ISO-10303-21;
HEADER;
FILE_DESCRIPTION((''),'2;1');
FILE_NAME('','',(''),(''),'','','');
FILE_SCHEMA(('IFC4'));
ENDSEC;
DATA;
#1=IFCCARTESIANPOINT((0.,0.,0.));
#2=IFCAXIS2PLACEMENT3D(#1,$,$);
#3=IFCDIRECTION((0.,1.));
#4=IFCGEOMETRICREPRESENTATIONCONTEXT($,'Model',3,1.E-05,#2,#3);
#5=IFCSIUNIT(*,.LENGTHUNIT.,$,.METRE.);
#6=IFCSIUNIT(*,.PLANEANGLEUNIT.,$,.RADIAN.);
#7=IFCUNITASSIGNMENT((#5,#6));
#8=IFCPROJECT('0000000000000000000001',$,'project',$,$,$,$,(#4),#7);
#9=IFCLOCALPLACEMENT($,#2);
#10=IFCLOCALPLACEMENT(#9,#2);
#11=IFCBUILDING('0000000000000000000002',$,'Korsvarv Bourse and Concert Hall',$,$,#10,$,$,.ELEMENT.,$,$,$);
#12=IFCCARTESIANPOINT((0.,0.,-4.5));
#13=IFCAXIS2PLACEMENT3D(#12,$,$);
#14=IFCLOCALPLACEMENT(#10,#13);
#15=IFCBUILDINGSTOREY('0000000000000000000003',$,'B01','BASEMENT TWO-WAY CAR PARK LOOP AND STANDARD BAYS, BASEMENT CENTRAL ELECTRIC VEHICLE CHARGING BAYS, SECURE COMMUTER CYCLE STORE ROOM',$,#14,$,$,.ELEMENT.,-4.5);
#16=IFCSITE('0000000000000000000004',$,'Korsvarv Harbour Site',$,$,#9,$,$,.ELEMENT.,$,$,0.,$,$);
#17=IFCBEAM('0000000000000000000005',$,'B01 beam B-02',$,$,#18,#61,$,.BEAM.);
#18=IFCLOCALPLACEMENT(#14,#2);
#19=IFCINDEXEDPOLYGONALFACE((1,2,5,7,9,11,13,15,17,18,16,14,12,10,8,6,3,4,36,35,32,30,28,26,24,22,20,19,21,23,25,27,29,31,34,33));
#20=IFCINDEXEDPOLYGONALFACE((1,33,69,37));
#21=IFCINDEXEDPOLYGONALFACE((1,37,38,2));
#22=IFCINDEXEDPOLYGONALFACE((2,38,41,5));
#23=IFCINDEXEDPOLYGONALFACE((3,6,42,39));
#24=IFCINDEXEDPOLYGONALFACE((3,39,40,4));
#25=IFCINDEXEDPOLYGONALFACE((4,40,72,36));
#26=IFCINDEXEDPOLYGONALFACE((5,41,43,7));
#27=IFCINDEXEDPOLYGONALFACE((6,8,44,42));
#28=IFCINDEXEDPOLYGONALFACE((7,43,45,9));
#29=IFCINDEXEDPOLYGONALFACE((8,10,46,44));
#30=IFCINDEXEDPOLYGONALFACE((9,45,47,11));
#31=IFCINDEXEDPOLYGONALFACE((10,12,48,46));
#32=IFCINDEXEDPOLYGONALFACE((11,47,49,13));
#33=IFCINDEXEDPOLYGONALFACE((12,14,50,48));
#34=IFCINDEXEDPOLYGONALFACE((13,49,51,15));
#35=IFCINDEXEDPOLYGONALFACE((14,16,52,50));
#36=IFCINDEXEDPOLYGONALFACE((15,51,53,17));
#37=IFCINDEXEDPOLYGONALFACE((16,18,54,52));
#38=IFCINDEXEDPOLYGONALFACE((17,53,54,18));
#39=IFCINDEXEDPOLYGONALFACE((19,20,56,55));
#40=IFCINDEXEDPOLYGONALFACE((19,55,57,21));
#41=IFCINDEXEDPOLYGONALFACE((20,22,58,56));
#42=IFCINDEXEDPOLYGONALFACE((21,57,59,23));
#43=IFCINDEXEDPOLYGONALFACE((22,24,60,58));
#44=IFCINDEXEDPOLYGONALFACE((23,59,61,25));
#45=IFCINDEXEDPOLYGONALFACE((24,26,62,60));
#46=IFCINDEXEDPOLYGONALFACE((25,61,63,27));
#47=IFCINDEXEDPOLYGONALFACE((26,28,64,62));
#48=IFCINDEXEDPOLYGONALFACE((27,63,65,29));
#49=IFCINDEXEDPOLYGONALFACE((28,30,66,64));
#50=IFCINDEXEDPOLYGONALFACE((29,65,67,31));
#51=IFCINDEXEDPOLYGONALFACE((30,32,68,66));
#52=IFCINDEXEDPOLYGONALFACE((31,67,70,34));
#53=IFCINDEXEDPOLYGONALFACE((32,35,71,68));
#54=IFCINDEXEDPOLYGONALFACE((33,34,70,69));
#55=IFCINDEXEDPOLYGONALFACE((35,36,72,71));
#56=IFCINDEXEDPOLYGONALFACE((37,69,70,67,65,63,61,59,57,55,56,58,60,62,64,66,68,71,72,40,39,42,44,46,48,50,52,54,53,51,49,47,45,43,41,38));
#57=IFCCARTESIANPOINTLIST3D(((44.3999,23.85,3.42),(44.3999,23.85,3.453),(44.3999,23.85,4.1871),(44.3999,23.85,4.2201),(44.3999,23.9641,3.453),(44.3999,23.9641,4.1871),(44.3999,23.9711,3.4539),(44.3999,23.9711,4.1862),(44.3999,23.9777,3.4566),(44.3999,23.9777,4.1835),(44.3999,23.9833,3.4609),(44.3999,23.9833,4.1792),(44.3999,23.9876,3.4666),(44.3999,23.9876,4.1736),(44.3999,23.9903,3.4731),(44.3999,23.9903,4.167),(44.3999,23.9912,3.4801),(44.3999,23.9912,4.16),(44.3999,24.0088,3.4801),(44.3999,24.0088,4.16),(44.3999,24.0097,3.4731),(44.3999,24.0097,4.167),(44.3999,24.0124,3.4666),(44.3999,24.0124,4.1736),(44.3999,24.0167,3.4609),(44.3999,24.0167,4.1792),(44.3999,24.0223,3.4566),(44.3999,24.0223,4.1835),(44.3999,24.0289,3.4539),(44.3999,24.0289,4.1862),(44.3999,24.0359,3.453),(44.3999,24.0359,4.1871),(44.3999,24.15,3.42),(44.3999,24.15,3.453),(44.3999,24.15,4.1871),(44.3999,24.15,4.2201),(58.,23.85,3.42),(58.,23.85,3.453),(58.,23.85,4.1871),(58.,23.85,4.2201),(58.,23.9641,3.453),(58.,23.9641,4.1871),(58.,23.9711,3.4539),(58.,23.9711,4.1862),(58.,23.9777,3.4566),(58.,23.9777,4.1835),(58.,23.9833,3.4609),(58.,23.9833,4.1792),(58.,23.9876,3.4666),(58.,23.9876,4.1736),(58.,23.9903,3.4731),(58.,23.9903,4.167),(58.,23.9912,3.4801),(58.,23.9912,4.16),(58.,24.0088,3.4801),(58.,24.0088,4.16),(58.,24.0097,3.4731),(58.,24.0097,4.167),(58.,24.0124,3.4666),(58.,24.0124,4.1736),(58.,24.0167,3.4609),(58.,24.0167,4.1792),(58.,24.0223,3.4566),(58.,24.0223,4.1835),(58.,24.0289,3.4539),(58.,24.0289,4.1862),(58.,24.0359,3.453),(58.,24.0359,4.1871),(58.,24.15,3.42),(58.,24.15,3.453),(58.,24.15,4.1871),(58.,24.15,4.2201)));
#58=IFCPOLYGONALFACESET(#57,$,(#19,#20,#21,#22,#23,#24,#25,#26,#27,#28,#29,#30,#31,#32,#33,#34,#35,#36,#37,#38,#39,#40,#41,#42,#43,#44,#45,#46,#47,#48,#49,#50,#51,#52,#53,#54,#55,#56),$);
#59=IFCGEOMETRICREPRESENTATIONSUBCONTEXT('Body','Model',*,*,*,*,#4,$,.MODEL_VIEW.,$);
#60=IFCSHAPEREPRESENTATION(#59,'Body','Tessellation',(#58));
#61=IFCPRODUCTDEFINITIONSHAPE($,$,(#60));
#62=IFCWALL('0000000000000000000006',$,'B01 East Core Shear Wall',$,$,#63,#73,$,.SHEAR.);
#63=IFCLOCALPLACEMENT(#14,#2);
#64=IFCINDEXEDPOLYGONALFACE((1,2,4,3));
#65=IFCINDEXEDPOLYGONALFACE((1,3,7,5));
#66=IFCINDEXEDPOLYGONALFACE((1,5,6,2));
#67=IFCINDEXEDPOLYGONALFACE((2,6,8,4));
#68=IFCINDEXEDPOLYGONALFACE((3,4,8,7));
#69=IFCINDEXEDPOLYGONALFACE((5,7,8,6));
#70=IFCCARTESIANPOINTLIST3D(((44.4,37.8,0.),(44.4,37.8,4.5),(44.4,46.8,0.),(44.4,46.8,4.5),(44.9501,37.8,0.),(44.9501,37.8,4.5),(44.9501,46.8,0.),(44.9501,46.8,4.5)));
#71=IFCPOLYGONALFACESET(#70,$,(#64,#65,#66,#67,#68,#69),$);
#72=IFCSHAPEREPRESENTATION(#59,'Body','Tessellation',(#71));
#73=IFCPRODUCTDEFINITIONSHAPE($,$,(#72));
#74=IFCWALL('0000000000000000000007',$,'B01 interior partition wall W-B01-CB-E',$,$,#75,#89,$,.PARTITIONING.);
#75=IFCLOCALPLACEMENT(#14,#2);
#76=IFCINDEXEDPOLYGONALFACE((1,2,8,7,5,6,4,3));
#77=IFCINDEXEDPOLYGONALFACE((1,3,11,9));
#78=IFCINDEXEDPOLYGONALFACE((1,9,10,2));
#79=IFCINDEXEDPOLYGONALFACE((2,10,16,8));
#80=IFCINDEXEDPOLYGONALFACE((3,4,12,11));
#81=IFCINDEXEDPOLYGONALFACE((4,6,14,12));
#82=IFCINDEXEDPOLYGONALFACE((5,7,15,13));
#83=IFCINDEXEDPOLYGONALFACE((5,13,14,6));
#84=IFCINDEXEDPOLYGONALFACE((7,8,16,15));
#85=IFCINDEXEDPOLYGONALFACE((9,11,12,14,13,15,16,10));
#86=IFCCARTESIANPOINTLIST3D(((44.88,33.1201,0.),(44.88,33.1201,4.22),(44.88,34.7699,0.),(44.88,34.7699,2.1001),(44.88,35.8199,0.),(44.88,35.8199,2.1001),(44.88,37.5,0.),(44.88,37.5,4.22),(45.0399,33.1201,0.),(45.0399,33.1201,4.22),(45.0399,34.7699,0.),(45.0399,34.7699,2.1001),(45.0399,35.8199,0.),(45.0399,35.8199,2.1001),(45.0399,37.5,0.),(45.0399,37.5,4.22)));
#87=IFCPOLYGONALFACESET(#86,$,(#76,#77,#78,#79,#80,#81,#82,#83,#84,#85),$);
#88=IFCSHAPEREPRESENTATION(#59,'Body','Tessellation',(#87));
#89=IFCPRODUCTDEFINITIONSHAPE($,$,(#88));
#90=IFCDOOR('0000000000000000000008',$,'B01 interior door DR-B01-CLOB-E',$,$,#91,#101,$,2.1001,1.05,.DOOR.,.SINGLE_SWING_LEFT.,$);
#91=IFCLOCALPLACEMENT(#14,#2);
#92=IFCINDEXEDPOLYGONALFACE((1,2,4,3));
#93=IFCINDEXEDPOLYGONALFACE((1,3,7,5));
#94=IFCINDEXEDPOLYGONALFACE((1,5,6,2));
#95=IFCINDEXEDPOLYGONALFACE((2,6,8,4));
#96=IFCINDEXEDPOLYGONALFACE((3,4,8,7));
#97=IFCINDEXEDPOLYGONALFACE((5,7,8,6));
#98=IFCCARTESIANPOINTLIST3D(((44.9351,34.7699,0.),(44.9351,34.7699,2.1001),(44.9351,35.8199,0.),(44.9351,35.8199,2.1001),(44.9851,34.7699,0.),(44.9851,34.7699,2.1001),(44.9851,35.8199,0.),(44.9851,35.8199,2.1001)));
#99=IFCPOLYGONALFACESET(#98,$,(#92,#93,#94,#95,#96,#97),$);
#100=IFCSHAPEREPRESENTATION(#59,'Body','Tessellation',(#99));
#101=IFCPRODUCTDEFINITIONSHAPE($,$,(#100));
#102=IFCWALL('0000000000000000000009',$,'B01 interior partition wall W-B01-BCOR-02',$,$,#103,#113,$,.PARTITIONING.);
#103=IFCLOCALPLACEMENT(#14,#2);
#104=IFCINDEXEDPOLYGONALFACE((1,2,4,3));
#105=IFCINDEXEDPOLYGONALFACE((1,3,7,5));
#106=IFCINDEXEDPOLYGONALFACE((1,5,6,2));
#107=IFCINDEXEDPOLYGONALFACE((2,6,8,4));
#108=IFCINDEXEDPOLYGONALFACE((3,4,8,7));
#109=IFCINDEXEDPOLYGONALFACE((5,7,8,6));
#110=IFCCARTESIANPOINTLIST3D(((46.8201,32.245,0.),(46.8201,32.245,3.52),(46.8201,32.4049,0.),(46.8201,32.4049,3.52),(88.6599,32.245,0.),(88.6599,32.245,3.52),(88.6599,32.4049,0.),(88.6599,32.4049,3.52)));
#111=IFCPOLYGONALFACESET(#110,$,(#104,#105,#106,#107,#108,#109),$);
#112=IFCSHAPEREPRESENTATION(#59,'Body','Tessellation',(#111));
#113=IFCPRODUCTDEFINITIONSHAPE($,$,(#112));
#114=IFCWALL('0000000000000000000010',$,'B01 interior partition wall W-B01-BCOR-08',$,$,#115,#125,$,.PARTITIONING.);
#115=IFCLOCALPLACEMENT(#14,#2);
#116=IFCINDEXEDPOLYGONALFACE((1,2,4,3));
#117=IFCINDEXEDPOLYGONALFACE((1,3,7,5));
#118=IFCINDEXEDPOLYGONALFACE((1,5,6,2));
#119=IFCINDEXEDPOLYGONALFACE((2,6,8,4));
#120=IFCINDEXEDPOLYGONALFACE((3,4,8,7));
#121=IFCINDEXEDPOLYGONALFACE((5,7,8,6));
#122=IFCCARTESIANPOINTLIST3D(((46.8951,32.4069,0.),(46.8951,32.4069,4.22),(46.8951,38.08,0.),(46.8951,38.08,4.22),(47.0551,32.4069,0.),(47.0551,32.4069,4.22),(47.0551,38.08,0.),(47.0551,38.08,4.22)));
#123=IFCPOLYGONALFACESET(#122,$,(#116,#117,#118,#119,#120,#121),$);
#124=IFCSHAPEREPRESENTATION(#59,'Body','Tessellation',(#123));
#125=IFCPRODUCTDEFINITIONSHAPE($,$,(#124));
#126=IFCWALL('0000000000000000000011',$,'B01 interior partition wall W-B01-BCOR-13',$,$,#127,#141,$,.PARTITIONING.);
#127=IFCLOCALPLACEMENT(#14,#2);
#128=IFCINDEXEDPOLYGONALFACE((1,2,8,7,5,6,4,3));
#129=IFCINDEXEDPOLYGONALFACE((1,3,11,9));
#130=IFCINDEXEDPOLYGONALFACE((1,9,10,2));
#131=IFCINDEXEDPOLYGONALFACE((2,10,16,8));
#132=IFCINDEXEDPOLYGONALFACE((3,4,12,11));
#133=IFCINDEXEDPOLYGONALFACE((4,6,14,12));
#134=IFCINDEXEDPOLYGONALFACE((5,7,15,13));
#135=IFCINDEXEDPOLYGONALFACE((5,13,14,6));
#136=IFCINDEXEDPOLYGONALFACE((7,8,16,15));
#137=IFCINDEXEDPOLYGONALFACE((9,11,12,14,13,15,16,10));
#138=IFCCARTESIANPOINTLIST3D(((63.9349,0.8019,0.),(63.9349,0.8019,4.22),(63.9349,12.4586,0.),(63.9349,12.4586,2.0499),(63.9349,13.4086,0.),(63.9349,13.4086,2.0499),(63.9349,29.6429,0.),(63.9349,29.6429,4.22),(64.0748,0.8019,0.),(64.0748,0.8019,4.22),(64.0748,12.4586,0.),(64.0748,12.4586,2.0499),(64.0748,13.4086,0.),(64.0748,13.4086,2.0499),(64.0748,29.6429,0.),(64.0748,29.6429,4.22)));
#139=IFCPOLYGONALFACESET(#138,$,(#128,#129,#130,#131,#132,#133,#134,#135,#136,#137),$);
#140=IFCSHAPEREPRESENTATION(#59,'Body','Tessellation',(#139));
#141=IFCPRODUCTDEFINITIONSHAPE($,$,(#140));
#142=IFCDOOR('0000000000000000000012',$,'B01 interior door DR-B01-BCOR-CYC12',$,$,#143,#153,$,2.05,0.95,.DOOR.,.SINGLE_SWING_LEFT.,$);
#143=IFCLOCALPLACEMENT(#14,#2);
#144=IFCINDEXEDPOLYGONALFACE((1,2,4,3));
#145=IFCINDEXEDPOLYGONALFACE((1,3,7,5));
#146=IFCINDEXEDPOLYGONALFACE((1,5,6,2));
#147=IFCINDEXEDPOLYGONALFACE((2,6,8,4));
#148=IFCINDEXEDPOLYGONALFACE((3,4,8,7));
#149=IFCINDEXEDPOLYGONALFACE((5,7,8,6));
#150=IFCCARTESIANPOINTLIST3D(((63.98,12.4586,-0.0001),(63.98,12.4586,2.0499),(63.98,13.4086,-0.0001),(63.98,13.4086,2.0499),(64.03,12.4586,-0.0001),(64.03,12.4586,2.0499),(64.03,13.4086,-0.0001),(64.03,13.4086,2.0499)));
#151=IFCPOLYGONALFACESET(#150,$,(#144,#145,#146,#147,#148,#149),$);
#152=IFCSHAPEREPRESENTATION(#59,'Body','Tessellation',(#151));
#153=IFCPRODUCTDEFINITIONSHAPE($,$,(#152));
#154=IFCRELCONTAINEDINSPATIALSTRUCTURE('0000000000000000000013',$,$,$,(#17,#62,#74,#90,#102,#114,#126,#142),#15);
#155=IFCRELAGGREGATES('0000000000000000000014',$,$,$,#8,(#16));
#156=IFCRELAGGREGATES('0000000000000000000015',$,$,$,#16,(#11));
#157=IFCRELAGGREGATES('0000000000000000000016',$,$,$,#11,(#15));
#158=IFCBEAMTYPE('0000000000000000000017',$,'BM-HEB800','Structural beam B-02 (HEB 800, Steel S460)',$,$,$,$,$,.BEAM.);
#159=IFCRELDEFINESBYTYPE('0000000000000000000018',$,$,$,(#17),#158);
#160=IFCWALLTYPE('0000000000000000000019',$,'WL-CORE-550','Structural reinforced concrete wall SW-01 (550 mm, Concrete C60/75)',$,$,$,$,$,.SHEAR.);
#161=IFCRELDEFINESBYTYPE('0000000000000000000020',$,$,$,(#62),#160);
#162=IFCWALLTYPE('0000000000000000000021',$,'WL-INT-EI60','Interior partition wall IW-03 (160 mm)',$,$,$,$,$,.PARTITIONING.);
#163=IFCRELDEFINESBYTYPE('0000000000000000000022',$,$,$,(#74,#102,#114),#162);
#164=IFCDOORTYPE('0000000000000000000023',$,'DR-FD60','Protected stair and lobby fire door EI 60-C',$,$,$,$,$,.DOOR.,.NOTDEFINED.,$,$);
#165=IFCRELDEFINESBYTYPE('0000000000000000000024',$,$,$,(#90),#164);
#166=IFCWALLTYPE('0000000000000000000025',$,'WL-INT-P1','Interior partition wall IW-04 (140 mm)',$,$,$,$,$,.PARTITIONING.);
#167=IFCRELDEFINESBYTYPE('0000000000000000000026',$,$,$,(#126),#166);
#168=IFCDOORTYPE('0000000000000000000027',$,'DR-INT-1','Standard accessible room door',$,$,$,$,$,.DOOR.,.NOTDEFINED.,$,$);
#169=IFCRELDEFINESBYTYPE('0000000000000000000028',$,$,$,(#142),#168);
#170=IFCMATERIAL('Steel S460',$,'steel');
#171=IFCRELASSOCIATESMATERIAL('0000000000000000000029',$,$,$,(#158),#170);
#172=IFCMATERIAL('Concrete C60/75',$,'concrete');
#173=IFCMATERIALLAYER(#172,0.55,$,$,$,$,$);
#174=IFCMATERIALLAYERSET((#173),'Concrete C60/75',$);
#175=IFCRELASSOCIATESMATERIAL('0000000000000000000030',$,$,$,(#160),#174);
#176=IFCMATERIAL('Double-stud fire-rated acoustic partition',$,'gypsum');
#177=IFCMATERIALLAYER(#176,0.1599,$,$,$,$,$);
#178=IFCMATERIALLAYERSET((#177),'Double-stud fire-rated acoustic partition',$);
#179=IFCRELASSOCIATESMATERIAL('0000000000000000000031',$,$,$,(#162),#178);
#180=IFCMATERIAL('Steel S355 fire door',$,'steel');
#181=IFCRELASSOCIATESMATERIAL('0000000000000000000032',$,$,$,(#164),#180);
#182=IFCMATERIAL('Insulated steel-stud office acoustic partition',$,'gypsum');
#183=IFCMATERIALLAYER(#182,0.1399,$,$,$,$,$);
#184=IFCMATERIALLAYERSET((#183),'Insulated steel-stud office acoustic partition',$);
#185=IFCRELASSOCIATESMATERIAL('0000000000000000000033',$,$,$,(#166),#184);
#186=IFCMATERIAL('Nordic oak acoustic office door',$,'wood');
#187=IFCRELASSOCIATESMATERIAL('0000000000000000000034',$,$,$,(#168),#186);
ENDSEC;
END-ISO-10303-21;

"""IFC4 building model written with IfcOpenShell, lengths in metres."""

from ifc_helpers import new_model, si_unit, direction, frame, frame_2d, origin, origin_2d, place, context, subcontext, project, spatial, rectangle, i_section, extrude, source, transform, mapped, material, layer, layer_set, material_profile, profile_set, type_object, element, fill, save


model = new_model("IFC4")

# Units and contexts
model_context = context("Model", 3, precision=1e-05, world=origin(), true_north=direction((0.0, 1.0)))
body_context = subcontext(model_context, "Body", "Model", "MODEL_VIEW")
ifc_project = project(units=[si_unit("LENGTHUNIT", "METRE"), si_unit("PLANEANGLEUNIT", "RADIAN")], contexts=[model_context])

# Site, building, storey
site_placement = place(None, origin())
site = spatial("IfcSite", under=ifc_project, at=site_placement, Name="Korsvarv Harbour Site", CompositionType="ELEMENT", RefElevation=0.0)
building_placement = place(site_placement, origin())
building = spatial("IfcBuilding", under=site, at=building_placement, Name="Korsvarv Bourse and Concert Hall", CompositionType="ELEMENT")
storey_placement = place(building_placement, frame((0.0, 0.0, -4.5)))
storey = spatial("IfcBuildingStorey", under=building, at=storey_placement, Name="B01", Description="BASEMENT TWO-WAY CAR PARK LOOP AND STANDARD BAYS, BASEMENT CENTRAL ELECTRIC VEHICLE CHARGING BAYS, SECURE COMMUTER CYCLE STORE ROOM", CompositionType="ELEMENT", Elevation=-4.5)

# Shared definitions
ifc_material_1 = material(Name="Concrete C60/75", Category="concrete")
ifc_material_2 = material(Name="Steel S460", Category="steel")

# Beam
ifc_material_profile_1 = material_profile(ifc_material_2, i_section(OverallWidth=0.3, OverallDepth=0.8, WebThickness=0.0176, FlangeThickness=0.033, FilletRadius=0.0271, at=origin_2d()), Name="HEB 800")
ifc_profile_set_1 = profile_set([ifc_material_profile_1], Name="Steel S460")
beam_type_1 = type_object("IfcBeamType", Name="BM-HEB800", Description="Structural beam B-02 (HEB 800, Steel S460)", PredefinedType="BEAM", material=ifc_profile_set_1)
shared_shape_1 = source(origin(), body_context, "Body", "SweptSolid", [
    extrude(i_section(OverallWidth=0.3, OverallDepth=0.8, WebThickness=0.0176, FlangeThickness=0.033, FilletRadius=0.0271, at=origin_2d()), origin(), (0.0, 0.0, 1.0), 13.6001),
])
beam_1_placement = place(storey_placement, frame((44.3999, 24.0, 3.8201), z_axis=(1.0, 0.0, 0.0), x_axis=(0.0, 1.0, 0.0)))
element("IfcBeam", 1, at=beam_1_placement, inside=storey, type_object=beam_type_1, Name="B01 beam B-02", PredefinedType="BEAM", context=body_context, shape_type="MappedRepresentation", body=[
    mapped(shared_shape_1, transform((0.0, 0.0, 0.0), scale=1.0)),
])

# Wall
ifc_layer_1 = layer(ifc_material_1, 0.55)
ifc_layer_set_1 = layer_set([ifc_layer_1], Name="Concrete C60/75")
wall_type_1 = type_object("IfcWallType", Name="WL-CORE-550", Description="Structural reinforced concrete wall SW-01 (550 mm, Concrete C60/75)", PredefinedType="SHEAR", material=ifc_layer_set_1)
wall_1_placement = place(storey_placement, frame((44.675, 37.8, 0.0), z_axis=(0.0, 0.0, 1.0), x_axis=(0.0, 1.0, 0.0)))
element("IfcWall", 2, at=wall_1_placement, inside=storey, type_object=wall_type_1, Name="B01 East Core Shear Wall", PredefinedType="SHEAR", context=body_context, shape_type="SweptSolid", body=[
    extrude(rectangle(XDim=9.0, YDim=0.55, at=frame_2d((4.5, 0.0))), origin(), (0.0, 0.0, 1.0), 4.5),
])

# Wall, opening, door
ifc_material_3 = material(Name="Double-stud fire-rated acoustic partition", Category="gypsum")
ifc_layer_2 = layer(ifc_material_3, 0.1599)
ifc_layer_set_2 = layer_set([ifc_layer_2], Name="Double-stud fire-rated acoustic partition")
wall_type_2 = type_object("IfcWallType", Name="WL-INT-EI60", Description="Interior partition wall IW-03 (160 mm)", PredefinedType="PARTITIONING", material=ifc_layer_set_2)
wall_2_placement = place(storey_placement, frame((44.96, 33.1201, 0.0), z_axis=(0.0, 0.0, 1.0), x_axis=(0.0, 1.0, 0.0)))
wall_2 = element("IfcWall", 3, at=wall_2_placement, inside=storey, type_object=wall_type_2, Name="B01 interior partition wall W-B01-CB-E", PredefinedType="PARTITIONING", context=body_context, shape_type="SweptSolid", body=[
    extrude(rectangle(XDim=4.3799, YDim=0.1599, at=frame_2d((2.1899, 0.0))), origin(), (0.0, 0.0, 1.0), 4.22),
])
opening_1_placement = place(wall_2_placement, frame((1.6499, 0.0, 0.0)))
opening_1 = element("IfcOpeningElement", 4, at=opening_1_placement, cuts=wall_2, PredefinedType="OPENING", context=body_context, shape_type="SweptSolid", body=[
    extrude(rectangle(XDim=1.05, YDim=2.1001, at=frame_2d((0.5249, 1.05))), frame((0.0, 0.0898, 0.0), z_axis=(0.0, -1.0, 0.0), x_axis=(1.0, 0.0, 0.0)), (0.0, 0.0, 1.0), 0.1799),
])
ifc_material_4 = material(Name="Steel S355 fire door", Category="steel")
door_type_1 = type_object("IfcDoorType", Name="DR-FD60", Description="Protected stair and lobby fire door EI 60-C", OperationType="NOTDEFINED", PredefinedType="DOOR", material=ifc_material_4)
door_1_placement = place(opening_1_placement, origin())
door_1 = element("IfcDoor", 5, at=door_1_placement, inside=storey, type_object=door_type_1, Name="B01 interior door DR-B01-CLOB-E", OperationType="SINGLE_SWING_LEFT", OverallHeight=2.1001, OverallWidth=1.05, PredefinedType="DOOR", context=body_context, shape_type="SweptSolid", body=[
    extrude(rectangle(XDim=1.05, YDim=2.1001, at=frame_2d((0.5249, 1.05))), frame((0.0, 0.0249, 0.0), z_axis=(0.0, -1.0, 0.0), x_axis=(1.0, 0.0, 0.0)), (0.0, 0.0, 1.0), 0.05),
])
fill(opening_1, door_1)

# Walls
wall_3_placement = place(storey_placement, frame((46.8201, 32.325, 0.0), z_axis=(0.0, 0.0, 1.0), x_axis=(1.0, 0.0, 0.0)))
element("IfcWall", 6, at=wall_3_placement, inside=storey, type_object=wall_type_2, Name="B01 interior partition wall W-B01-BCOR-02", PredefinedType="PARTITIONING", context=body_context, shape_type="SweptSolid", body=[
    extrude(rectangle(XDim=41.8398, YDim=0.1599, at=frame_2d((20.9199, 0.0))), origin(), (0.0, 0.0, 1.0), 3.52),
])
wall_4_placement = place(storey_placement, frame((46.9751, 32.407, 0.0), z_axis=(0.0, 0.0, 1.0), x_axis=(0.0, 1.0, 0.0)))
element("IfcWall", 7, at=wall_4_placement, inside=storey, type_object=wall_type_2, Name="B01 interior partition wall W-B01-BCOR-08", PredefinedType="PARTITIONING", context=body_context, shape_type="SweptSolid", body=[
    extrude(rectangle(XDim=5.6731, YDim=0.1599, at=frame_2d((2.8364, 0.0))), origin(), (0.0, 0.0, 1.0), 4.22),
])

# Wall, opening, door
ifc_material_5 = material(Name="Insulated steel-stud office acoustic partition", Category="gypsum")
ifc_layer_3 = layer(ifc_material_5, 0.1399)
ifc_layer_set_3 = layer_set([ifc_layer_3], Name="Insulated steel-stud office acoustic partition")
wall_type_3 = type_object("IfcWallType", Name="WL-INT-P1", Description="Interior partition wall IW-04 (140 mm)", PredefinedType="PARTITIONING", material=ifc_layer_set_3)
wall_5_placement = place(storey_placement, frame((64.0049, 0.802, 0.0), z_axis=(0.0, 0.0, 1.0), x_axis=(0.0, 1.0, 0.0)))
wall_5 = element("IfcWall", 8, at=wall_5_placement, inside=storey, type_object=wall_type_3, Name="B01 interior partition wall W-B01-BCOR-13", PredefinedType="PARTITIONING", context=body_context, shape_type="SweptSolid", body=[
    extrude(rectangle(XDim=28.8411, YDim=0.1399, at=frame_2d((14.4204, 0.0))), origin(), (0.0, 0.0, 1.0), 4.22),
])
opening_2_placement = place(wall_5_placement, frame((11.6565, 0.0, 0.0)))
opening_2 = element("IfcOpeningElement", 9, at=opening_2_placement, cuts=wall_5, PredefinedType="OPENING", context=body_context, shape_type="SweptSolid", body=[
    extrude(rectangle(XDim=0.95, YDim=2.05, at=frame_2d((0.4751, 1.0249))), frame((0.0, 0.0801, 0.0), z_axis=(0.0, -1.0, 0.0), x_axis=(1.0, 0.0, 0.0)), (0.0, 0.0, 1.0), 0.1599),
])
ifc_material_6 = material(Name="Nordic oak acoustic office door", Category="wood")
door_type_2 = type_object("IfcDoorType", Name="DR-INT-1", Description="Standard accessible room door", OperationType="NOTDEFINED", PredefinedType="DOOR", material=ifc_material_6)
door_2_placement = place(opening_2_placement, origin())
door_2 = element("IfcDoor", 10, at=door_2_placement, inside=storey, type_object=door_type_2, Name="B01 interior door DR-B01-BCOR-CYC12", OperationType="SINGLE_SWING_LEFT", OverallHeight=2.05, OverallWidth=0.95, PredefinedType="DOOR", context=body_context, shape_type="SweptSolid", body=[
    extrude(rectangle(XDim=0.95, YDim=2.05, at=frame_2d((0.4751, 1.0249))), frame((0.0, 0.0249, 0.0), z_axis=(0.0, -1.0, 0.0), x_axis=(1.0, 0.0, 0.0)), (0.0, 0.0, 1.0), 0.05),
])
fill(opening_2, door_2)

save(model, "model.ifc")
